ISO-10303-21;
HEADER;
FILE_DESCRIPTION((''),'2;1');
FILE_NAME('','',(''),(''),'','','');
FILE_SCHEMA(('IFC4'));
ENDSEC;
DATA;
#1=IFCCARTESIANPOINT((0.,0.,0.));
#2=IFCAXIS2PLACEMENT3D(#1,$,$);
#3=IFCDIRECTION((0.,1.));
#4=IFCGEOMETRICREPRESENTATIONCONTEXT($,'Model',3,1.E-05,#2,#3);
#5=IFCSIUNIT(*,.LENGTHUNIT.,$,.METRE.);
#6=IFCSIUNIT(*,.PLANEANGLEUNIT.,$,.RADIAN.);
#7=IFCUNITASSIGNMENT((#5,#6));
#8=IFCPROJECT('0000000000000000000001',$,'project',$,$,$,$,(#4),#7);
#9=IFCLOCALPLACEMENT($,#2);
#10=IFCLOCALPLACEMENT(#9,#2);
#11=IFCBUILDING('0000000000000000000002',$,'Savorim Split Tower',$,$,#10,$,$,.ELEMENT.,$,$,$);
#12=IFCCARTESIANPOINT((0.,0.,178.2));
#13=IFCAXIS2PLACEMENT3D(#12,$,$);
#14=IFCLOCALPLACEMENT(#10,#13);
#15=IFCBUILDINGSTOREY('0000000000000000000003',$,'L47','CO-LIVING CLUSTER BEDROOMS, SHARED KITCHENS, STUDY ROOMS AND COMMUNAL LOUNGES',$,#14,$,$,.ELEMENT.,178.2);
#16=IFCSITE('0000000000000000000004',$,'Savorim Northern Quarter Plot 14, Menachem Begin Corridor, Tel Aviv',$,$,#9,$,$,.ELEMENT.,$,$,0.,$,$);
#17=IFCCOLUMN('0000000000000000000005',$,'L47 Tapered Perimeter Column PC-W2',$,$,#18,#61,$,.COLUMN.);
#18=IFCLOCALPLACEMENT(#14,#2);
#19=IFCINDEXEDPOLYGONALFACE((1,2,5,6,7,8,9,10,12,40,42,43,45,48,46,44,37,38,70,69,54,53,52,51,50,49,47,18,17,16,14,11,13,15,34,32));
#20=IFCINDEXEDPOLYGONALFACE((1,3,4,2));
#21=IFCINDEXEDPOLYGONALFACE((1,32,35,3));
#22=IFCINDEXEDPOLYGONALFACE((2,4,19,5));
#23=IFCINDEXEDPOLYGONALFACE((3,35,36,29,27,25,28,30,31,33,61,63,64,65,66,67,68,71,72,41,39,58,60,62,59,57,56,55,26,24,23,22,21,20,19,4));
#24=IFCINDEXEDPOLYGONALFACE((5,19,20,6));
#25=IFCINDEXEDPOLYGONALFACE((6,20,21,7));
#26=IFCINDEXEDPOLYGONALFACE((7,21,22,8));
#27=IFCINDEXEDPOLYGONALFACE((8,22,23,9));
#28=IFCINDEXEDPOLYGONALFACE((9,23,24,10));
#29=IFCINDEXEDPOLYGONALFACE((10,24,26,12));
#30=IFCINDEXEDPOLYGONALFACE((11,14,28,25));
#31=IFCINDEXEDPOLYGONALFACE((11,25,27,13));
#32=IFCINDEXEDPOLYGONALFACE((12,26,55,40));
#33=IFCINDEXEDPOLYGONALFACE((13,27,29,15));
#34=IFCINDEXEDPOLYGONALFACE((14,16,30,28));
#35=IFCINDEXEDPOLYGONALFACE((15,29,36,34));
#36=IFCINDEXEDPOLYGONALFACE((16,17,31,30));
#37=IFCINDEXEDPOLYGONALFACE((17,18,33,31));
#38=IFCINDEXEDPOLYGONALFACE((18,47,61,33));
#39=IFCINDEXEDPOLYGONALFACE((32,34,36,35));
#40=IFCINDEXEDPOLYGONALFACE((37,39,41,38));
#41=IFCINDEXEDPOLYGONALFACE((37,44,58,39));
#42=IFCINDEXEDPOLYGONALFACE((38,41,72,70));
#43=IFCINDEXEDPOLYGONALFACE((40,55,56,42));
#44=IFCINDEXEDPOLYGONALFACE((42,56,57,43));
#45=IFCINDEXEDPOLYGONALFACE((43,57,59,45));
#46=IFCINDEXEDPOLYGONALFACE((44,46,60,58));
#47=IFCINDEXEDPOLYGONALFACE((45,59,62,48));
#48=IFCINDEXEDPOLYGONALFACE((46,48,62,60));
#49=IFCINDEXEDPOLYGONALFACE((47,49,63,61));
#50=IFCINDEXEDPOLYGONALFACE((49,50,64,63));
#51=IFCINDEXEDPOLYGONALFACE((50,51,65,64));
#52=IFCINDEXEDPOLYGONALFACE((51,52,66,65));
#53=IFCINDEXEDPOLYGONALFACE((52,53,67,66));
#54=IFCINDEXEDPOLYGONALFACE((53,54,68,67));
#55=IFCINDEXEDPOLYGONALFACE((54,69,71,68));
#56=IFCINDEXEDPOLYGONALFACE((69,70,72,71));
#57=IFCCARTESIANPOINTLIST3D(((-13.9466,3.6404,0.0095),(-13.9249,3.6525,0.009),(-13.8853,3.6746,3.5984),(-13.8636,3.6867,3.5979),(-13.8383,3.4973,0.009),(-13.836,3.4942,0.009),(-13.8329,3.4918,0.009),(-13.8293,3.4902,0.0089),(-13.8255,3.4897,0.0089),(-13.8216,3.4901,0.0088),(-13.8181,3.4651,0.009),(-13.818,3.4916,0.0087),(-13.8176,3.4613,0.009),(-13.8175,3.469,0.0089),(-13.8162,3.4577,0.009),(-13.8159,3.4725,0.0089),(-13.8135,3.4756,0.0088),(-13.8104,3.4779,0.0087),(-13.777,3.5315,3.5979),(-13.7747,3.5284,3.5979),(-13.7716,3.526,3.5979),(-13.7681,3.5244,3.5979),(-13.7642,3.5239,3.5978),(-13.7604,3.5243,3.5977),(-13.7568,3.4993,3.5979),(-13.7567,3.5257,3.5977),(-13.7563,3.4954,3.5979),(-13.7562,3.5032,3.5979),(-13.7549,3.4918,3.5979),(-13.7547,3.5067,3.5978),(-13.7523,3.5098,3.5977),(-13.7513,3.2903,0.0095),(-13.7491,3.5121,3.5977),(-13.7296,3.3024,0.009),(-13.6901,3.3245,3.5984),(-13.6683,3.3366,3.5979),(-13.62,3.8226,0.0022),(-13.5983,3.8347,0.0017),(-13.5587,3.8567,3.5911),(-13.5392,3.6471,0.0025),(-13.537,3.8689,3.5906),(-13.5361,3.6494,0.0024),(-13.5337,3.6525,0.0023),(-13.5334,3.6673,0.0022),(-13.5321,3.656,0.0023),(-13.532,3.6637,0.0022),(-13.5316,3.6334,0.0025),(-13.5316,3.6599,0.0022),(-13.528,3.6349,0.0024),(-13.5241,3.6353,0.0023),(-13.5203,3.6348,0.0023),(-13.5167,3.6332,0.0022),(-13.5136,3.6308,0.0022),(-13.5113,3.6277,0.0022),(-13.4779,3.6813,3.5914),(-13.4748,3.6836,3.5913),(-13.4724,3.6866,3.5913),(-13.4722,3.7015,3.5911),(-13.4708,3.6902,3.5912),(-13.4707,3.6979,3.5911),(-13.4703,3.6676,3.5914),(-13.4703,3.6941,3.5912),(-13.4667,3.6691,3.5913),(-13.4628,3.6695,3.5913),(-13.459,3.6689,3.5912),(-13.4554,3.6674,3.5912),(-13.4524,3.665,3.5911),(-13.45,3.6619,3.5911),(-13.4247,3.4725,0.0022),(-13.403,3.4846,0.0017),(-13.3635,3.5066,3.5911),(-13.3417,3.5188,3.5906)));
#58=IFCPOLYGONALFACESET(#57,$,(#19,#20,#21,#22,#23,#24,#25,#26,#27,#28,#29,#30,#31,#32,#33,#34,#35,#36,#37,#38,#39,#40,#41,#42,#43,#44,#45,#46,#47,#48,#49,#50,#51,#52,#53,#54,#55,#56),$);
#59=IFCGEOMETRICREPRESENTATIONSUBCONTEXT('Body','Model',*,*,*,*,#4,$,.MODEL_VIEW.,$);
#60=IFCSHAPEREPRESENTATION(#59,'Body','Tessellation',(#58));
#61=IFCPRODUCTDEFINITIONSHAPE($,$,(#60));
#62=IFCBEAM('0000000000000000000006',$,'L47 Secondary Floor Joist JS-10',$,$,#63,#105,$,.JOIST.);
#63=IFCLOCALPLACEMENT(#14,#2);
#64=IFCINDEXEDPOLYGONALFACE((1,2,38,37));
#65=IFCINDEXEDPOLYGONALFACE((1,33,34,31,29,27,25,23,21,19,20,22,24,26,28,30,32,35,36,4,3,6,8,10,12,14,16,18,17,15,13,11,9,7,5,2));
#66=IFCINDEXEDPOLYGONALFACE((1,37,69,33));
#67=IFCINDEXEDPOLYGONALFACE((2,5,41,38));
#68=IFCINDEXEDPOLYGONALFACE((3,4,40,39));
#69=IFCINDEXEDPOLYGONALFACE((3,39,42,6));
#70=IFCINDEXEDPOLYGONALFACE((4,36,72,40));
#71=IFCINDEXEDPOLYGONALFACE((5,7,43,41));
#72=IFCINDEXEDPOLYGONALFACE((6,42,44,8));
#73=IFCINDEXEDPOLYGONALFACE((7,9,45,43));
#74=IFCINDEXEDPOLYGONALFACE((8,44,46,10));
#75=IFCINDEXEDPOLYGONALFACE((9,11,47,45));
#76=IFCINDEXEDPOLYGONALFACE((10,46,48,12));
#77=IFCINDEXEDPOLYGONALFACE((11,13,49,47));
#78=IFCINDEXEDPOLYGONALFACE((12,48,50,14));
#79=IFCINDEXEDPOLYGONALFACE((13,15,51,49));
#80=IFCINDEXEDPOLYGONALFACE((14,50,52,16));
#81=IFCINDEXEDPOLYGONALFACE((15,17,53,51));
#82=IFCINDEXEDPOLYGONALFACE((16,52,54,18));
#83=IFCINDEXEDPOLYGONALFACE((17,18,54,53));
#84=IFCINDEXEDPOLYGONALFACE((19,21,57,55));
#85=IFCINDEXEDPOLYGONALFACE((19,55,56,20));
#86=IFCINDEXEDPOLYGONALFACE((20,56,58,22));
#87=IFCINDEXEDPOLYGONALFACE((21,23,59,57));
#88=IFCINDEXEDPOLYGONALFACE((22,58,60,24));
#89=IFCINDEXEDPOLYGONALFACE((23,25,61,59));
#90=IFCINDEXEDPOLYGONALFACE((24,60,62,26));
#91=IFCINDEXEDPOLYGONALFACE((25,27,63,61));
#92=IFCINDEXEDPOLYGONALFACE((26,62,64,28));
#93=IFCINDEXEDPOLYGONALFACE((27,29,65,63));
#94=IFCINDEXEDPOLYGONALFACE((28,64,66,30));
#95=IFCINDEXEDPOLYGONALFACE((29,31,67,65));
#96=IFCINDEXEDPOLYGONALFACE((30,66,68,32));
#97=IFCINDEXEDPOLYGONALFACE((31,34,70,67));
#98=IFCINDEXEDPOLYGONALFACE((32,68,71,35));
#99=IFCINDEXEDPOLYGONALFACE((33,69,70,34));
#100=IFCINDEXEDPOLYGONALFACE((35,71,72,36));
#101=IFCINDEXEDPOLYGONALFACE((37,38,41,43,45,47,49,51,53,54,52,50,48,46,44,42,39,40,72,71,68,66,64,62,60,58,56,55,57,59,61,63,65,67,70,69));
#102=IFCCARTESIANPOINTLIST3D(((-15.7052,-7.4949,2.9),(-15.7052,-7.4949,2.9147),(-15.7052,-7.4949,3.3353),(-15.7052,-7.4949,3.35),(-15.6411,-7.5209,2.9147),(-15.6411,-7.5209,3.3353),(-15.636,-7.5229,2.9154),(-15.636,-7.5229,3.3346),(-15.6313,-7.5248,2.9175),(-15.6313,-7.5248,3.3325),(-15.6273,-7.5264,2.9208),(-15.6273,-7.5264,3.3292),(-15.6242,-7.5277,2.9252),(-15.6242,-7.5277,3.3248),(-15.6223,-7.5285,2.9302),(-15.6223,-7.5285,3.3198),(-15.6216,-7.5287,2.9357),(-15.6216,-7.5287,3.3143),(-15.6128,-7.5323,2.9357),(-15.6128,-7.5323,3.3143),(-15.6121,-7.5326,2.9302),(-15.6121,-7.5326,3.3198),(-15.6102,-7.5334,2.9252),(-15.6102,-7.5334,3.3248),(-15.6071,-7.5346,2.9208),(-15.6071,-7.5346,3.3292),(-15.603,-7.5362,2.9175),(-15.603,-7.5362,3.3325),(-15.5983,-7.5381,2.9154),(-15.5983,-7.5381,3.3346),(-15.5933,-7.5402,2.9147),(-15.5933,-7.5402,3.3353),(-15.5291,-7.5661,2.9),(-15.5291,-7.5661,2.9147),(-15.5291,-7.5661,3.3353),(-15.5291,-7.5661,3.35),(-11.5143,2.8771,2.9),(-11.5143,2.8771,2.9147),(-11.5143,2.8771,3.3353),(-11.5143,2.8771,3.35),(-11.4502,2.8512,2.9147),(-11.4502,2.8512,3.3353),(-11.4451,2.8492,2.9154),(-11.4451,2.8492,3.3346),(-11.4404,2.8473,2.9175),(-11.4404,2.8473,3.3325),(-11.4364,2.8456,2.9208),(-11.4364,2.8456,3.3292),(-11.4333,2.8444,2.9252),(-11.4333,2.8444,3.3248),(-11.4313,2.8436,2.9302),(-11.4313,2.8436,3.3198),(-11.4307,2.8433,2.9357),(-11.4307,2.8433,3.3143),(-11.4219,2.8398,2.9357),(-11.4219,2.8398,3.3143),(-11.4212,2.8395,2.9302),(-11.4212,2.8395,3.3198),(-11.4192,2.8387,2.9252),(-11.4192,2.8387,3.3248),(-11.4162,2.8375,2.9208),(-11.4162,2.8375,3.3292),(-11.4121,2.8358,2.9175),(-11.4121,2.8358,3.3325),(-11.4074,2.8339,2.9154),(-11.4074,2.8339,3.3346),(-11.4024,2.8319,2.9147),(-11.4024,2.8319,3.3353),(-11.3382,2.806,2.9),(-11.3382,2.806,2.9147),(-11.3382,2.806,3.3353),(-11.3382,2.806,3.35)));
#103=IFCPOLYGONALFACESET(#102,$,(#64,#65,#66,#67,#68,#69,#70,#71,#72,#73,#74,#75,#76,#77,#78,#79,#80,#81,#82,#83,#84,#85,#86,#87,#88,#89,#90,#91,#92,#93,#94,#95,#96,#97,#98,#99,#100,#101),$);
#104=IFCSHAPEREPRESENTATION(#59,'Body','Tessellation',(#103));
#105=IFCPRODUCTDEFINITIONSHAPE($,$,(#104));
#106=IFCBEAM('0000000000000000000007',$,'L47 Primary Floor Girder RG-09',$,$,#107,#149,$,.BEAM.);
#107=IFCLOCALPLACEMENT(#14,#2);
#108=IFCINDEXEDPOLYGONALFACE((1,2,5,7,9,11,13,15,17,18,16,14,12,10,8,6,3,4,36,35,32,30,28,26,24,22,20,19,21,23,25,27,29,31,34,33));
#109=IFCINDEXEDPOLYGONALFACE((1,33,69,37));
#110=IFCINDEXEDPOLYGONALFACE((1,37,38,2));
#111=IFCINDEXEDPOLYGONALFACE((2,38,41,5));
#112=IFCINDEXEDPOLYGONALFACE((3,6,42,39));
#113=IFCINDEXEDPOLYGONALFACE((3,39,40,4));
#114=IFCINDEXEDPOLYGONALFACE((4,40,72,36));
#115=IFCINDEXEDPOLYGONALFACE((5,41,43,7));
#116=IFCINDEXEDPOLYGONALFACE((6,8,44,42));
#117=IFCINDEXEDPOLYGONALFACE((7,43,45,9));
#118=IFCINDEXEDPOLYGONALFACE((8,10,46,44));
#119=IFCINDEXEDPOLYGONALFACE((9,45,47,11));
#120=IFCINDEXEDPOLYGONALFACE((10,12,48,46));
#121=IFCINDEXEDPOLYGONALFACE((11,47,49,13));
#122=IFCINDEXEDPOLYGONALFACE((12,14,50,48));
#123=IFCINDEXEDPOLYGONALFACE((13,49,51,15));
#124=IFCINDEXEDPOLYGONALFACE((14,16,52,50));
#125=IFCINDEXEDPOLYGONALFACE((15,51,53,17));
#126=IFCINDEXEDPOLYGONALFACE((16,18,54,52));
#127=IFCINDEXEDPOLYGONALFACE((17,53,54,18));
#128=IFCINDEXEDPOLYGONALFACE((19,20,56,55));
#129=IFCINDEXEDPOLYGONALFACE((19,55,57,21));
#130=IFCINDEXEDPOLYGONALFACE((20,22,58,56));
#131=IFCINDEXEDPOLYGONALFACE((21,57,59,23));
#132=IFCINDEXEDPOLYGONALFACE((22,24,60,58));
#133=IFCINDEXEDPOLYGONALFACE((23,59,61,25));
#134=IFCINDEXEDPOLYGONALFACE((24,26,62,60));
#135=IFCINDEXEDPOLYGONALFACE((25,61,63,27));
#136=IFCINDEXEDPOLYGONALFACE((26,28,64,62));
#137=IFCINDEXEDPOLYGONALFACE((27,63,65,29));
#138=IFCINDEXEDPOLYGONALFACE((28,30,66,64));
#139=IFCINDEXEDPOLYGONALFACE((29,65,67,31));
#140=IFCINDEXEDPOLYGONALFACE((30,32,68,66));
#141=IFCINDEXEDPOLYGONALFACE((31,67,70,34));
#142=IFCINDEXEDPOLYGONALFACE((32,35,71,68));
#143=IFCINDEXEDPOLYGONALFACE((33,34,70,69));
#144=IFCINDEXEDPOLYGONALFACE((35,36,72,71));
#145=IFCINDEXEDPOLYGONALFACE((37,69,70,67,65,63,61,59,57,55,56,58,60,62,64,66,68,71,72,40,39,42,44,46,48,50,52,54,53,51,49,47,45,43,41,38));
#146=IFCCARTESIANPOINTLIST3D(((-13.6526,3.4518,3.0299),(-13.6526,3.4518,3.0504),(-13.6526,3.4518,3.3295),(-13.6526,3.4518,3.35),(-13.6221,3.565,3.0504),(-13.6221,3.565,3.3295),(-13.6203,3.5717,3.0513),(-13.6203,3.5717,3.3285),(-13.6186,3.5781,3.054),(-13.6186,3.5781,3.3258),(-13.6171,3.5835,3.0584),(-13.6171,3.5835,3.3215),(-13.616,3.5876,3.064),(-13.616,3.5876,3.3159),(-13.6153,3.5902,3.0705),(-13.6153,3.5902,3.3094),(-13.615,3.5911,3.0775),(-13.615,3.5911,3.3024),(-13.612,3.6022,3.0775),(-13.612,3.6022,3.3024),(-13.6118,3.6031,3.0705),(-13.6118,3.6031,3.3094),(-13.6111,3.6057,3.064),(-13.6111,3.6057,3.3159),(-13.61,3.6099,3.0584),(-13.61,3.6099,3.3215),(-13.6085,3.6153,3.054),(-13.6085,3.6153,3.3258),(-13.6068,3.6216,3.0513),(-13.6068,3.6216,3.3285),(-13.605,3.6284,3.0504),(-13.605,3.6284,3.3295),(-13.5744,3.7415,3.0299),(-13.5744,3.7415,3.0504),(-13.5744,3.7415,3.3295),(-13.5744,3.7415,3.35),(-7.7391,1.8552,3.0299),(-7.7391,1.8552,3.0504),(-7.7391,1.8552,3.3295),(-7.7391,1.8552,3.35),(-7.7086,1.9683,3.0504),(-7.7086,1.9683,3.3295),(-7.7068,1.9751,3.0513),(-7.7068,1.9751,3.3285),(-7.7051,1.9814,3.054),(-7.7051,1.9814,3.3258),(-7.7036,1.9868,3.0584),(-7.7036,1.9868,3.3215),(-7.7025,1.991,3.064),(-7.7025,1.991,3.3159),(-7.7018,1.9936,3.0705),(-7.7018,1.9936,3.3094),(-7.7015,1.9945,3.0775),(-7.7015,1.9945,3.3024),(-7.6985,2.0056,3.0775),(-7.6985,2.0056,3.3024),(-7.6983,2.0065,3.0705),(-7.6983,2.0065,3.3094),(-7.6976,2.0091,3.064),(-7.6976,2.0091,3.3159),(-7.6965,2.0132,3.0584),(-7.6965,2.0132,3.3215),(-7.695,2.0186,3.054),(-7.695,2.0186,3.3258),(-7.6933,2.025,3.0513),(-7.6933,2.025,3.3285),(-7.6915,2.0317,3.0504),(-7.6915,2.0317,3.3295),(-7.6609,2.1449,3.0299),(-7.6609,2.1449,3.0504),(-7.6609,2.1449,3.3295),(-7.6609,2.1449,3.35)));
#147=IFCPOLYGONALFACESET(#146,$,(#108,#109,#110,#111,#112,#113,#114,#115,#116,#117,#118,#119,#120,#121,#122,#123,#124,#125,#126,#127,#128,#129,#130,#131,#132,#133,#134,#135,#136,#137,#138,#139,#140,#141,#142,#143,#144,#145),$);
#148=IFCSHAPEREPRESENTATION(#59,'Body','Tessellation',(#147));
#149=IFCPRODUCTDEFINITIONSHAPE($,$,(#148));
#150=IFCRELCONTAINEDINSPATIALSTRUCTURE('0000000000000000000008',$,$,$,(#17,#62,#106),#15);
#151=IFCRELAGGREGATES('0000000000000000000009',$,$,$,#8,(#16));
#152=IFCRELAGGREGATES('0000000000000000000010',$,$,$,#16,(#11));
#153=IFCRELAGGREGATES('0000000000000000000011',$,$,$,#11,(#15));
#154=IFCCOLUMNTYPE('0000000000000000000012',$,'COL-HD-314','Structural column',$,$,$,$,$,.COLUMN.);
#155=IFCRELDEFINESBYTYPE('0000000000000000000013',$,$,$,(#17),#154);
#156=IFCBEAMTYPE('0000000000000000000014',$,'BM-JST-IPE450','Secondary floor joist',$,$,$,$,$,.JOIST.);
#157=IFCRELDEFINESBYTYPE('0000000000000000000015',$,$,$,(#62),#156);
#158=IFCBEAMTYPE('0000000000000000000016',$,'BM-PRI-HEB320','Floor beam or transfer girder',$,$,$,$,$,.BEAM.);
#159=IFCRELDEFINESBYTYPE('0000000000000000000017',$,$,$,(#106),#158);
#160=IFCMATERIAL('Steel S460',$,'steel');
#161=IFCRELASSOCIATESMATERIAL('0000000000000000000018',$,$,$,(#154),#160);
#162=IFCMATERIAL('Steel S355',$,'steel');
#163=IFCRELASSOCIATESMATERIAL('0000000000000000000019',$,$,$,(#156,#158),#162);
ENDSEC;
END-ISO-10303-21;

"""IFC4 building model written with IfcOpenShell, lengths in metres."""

from ifc_helpers import new_model, si_unit, direction, frame, origin, origin_2d, place, context, subcontext, project, spatial, i_section, extrude, material, material_profile, profile_set, type_object, element, save


model = new_model("IFC4")

# Units and contexts
model_context = context("Model", 3, precision=1e-05, world=origin(), true_north=direction((0.0, 1.0)))
body_context = subcontext(model_context, "Body", "Model", "MODEL_VIEW")
ifc_project = project(units=[si_unit("LENGTHUNIT", "METRE"), si_unit("PLANEANGLEUNIT", "RADIAN")], contexts=[model_context])

# Site, building, storey
site_placement = place(None, origin())
site = spatial("IfcSite", under=ifc_project, at=site_placement, Name="Savorim Northern Quarter Plot 14, Menachem Begin Corridor, Tel Aviv", CompositionType="ELEMENT", RefElevation=0.0)
building_placement = place(site_placement, origin())
building = spatial("IfcBuilding", under=site, at=building_placement, Name="Savorim Split Tower", CompositionType="ELEMENT")
storey_placement = place(building_placement, frame((0.0, 0.0, 178.2)))
storey = spatial("IfcBuildingStorey", under=building, at=storey_placement, Name="L47", Description="CO-LIVING CLUSTER BEDROOMS, SHARED KITCHENS, STUDY ROOMS AND COMMUNAL LOUNGES", CompositionType="ELEMENT", Elevation=178.2)

# Column
ifc_material_1 = material(Name="Steel S460", Category="steel")
ifc_material_profile_1 = material_profile(ifc_material_1, i_section(OverallWidth=0.4009, OverallDepth=0.3989, WebThickness=0.0156, FlangeThickness=0.0249, FilletRadius=0.0149, at=origin_2d()), Name="HD 400x314")
ifc_profile_set_1 = profile_set([ifc_material_profile_1], Name="Steel S460")
column_type = type_object("IfcColumnType", Name="COL-HD-314", Description="Structural column", PredefinedType="COLUMN", material=ifc_profile_set_1)
column_placement = place(storey_placement, frame((-13.6748, 3.5625, 0.0056), z_axis=(0.017072, 0.009522, 0.999809), x_axis=(-0.487119, 0.873335, 0.0)))
element("IfcColumn", 1, at=column_placement, inside=storey, type_object=column_type, Name="L47 Tapered Perimeter Column PC-W2", PredefinedType="COLUMN", context=body_context, shape_type="SweptSolid", body=[
    extrude(i_section(OverallWidth=0.4009, OverallDepth=0.3989, WebThickness=0.0156, FlangeThickness=0.0249, FilletRadius=0.0149, at=origin_2d()), origin(), (0.0, 0.0, 1.0), 3.5896),
])

# Beams
ifc_material_2 = material(Name="Steel S355", Category="steel")
ifc_material_profile_2 = material_profile(ifc_material_2, i_section(OverallWidth=0.1899, OverallDepth=0.45, WebThickness=0.0095, FlangeThickness=0.0146, FilletRadius=0.021, at=origin_2d()), Name="IPE 450")
ifc_profile_set_2 = profile_set([ifc_material_profile_2], Name="Steel S355")
beam_type_1 = type_object("IfcBeamType", Name="BM-JST-IPE450", Description="Secondary floor joist", PredefinedType="JOIST", material=ifc_profile_set_2)
beam_1_placement = place(storey_placement, frame((-11.4263, 2.8416, 3.125), z_axis=(-0.374632, -0.927174, 0.0), x_axis=(0.927174, -0.374632, 0.0)))
element("IfcBeam", 2, at=beam_1_placement, inside=storey, type_object=beam_type_1, Name="L47 Secondary Floor Joist JS-10", PredefinedType="JOIST", context=body_context, shape_type="SweptSolid", body=[
    extrude(i_section(OverallWidth=0.1899, OverallDepth=0.45, WebThickness=0.0095, FlangeThickness=0.0146, FilletRadius=0.021, at=origin_2d()), origin(), (0.0, 0.0, 1.0), 11.1868),
])
ifc_material_profile_3 = material_profile(ifc_material_2, i_section(OverallWidth=0.3, OverallDepth=0.3201, WebThickness=0.0115, FlangeThickness=0.0205, FilletRadius=0.0271, at=origin_2d()), Name="HEB 320")
ifc_profile_set_3 = profile_set([ifc_material_profile_3], Name="Steel S355")
beam_type_2 = type_object("IfcBeamType", Name="BM-PRI-HEB320", Description="Floor beam or transfer girder", PredefinedType="BEAM", material=ifc_profile_set_3)
beam_2_placement = place(storey_placement, frame((-13.6135, 3.5967, 3.1899), z_axis=(0.965428, -0.260668, 0.0), x_axis=(0.260668, 0.965428, 0.0)))
element("IfcBeam", 3, at=beam_2_placement, inside=storey, type_object=beam_type_2, Name="L47 Primary Floor Girder RG-09", PredefinedType="BEAM", context=body_context, shape_type="SweptSolid", body=[
    extrude(i_section(OverallWidth=0.3, OverallDepth=0.3201, WebThickness=0.0115, FlangeThickness=0.0205, FilletRadius=0.0271, at=origin_2d()), origin(), (0.0, 0.0, 1.0), 6.1252),
])

save(model, "model.ifc")
